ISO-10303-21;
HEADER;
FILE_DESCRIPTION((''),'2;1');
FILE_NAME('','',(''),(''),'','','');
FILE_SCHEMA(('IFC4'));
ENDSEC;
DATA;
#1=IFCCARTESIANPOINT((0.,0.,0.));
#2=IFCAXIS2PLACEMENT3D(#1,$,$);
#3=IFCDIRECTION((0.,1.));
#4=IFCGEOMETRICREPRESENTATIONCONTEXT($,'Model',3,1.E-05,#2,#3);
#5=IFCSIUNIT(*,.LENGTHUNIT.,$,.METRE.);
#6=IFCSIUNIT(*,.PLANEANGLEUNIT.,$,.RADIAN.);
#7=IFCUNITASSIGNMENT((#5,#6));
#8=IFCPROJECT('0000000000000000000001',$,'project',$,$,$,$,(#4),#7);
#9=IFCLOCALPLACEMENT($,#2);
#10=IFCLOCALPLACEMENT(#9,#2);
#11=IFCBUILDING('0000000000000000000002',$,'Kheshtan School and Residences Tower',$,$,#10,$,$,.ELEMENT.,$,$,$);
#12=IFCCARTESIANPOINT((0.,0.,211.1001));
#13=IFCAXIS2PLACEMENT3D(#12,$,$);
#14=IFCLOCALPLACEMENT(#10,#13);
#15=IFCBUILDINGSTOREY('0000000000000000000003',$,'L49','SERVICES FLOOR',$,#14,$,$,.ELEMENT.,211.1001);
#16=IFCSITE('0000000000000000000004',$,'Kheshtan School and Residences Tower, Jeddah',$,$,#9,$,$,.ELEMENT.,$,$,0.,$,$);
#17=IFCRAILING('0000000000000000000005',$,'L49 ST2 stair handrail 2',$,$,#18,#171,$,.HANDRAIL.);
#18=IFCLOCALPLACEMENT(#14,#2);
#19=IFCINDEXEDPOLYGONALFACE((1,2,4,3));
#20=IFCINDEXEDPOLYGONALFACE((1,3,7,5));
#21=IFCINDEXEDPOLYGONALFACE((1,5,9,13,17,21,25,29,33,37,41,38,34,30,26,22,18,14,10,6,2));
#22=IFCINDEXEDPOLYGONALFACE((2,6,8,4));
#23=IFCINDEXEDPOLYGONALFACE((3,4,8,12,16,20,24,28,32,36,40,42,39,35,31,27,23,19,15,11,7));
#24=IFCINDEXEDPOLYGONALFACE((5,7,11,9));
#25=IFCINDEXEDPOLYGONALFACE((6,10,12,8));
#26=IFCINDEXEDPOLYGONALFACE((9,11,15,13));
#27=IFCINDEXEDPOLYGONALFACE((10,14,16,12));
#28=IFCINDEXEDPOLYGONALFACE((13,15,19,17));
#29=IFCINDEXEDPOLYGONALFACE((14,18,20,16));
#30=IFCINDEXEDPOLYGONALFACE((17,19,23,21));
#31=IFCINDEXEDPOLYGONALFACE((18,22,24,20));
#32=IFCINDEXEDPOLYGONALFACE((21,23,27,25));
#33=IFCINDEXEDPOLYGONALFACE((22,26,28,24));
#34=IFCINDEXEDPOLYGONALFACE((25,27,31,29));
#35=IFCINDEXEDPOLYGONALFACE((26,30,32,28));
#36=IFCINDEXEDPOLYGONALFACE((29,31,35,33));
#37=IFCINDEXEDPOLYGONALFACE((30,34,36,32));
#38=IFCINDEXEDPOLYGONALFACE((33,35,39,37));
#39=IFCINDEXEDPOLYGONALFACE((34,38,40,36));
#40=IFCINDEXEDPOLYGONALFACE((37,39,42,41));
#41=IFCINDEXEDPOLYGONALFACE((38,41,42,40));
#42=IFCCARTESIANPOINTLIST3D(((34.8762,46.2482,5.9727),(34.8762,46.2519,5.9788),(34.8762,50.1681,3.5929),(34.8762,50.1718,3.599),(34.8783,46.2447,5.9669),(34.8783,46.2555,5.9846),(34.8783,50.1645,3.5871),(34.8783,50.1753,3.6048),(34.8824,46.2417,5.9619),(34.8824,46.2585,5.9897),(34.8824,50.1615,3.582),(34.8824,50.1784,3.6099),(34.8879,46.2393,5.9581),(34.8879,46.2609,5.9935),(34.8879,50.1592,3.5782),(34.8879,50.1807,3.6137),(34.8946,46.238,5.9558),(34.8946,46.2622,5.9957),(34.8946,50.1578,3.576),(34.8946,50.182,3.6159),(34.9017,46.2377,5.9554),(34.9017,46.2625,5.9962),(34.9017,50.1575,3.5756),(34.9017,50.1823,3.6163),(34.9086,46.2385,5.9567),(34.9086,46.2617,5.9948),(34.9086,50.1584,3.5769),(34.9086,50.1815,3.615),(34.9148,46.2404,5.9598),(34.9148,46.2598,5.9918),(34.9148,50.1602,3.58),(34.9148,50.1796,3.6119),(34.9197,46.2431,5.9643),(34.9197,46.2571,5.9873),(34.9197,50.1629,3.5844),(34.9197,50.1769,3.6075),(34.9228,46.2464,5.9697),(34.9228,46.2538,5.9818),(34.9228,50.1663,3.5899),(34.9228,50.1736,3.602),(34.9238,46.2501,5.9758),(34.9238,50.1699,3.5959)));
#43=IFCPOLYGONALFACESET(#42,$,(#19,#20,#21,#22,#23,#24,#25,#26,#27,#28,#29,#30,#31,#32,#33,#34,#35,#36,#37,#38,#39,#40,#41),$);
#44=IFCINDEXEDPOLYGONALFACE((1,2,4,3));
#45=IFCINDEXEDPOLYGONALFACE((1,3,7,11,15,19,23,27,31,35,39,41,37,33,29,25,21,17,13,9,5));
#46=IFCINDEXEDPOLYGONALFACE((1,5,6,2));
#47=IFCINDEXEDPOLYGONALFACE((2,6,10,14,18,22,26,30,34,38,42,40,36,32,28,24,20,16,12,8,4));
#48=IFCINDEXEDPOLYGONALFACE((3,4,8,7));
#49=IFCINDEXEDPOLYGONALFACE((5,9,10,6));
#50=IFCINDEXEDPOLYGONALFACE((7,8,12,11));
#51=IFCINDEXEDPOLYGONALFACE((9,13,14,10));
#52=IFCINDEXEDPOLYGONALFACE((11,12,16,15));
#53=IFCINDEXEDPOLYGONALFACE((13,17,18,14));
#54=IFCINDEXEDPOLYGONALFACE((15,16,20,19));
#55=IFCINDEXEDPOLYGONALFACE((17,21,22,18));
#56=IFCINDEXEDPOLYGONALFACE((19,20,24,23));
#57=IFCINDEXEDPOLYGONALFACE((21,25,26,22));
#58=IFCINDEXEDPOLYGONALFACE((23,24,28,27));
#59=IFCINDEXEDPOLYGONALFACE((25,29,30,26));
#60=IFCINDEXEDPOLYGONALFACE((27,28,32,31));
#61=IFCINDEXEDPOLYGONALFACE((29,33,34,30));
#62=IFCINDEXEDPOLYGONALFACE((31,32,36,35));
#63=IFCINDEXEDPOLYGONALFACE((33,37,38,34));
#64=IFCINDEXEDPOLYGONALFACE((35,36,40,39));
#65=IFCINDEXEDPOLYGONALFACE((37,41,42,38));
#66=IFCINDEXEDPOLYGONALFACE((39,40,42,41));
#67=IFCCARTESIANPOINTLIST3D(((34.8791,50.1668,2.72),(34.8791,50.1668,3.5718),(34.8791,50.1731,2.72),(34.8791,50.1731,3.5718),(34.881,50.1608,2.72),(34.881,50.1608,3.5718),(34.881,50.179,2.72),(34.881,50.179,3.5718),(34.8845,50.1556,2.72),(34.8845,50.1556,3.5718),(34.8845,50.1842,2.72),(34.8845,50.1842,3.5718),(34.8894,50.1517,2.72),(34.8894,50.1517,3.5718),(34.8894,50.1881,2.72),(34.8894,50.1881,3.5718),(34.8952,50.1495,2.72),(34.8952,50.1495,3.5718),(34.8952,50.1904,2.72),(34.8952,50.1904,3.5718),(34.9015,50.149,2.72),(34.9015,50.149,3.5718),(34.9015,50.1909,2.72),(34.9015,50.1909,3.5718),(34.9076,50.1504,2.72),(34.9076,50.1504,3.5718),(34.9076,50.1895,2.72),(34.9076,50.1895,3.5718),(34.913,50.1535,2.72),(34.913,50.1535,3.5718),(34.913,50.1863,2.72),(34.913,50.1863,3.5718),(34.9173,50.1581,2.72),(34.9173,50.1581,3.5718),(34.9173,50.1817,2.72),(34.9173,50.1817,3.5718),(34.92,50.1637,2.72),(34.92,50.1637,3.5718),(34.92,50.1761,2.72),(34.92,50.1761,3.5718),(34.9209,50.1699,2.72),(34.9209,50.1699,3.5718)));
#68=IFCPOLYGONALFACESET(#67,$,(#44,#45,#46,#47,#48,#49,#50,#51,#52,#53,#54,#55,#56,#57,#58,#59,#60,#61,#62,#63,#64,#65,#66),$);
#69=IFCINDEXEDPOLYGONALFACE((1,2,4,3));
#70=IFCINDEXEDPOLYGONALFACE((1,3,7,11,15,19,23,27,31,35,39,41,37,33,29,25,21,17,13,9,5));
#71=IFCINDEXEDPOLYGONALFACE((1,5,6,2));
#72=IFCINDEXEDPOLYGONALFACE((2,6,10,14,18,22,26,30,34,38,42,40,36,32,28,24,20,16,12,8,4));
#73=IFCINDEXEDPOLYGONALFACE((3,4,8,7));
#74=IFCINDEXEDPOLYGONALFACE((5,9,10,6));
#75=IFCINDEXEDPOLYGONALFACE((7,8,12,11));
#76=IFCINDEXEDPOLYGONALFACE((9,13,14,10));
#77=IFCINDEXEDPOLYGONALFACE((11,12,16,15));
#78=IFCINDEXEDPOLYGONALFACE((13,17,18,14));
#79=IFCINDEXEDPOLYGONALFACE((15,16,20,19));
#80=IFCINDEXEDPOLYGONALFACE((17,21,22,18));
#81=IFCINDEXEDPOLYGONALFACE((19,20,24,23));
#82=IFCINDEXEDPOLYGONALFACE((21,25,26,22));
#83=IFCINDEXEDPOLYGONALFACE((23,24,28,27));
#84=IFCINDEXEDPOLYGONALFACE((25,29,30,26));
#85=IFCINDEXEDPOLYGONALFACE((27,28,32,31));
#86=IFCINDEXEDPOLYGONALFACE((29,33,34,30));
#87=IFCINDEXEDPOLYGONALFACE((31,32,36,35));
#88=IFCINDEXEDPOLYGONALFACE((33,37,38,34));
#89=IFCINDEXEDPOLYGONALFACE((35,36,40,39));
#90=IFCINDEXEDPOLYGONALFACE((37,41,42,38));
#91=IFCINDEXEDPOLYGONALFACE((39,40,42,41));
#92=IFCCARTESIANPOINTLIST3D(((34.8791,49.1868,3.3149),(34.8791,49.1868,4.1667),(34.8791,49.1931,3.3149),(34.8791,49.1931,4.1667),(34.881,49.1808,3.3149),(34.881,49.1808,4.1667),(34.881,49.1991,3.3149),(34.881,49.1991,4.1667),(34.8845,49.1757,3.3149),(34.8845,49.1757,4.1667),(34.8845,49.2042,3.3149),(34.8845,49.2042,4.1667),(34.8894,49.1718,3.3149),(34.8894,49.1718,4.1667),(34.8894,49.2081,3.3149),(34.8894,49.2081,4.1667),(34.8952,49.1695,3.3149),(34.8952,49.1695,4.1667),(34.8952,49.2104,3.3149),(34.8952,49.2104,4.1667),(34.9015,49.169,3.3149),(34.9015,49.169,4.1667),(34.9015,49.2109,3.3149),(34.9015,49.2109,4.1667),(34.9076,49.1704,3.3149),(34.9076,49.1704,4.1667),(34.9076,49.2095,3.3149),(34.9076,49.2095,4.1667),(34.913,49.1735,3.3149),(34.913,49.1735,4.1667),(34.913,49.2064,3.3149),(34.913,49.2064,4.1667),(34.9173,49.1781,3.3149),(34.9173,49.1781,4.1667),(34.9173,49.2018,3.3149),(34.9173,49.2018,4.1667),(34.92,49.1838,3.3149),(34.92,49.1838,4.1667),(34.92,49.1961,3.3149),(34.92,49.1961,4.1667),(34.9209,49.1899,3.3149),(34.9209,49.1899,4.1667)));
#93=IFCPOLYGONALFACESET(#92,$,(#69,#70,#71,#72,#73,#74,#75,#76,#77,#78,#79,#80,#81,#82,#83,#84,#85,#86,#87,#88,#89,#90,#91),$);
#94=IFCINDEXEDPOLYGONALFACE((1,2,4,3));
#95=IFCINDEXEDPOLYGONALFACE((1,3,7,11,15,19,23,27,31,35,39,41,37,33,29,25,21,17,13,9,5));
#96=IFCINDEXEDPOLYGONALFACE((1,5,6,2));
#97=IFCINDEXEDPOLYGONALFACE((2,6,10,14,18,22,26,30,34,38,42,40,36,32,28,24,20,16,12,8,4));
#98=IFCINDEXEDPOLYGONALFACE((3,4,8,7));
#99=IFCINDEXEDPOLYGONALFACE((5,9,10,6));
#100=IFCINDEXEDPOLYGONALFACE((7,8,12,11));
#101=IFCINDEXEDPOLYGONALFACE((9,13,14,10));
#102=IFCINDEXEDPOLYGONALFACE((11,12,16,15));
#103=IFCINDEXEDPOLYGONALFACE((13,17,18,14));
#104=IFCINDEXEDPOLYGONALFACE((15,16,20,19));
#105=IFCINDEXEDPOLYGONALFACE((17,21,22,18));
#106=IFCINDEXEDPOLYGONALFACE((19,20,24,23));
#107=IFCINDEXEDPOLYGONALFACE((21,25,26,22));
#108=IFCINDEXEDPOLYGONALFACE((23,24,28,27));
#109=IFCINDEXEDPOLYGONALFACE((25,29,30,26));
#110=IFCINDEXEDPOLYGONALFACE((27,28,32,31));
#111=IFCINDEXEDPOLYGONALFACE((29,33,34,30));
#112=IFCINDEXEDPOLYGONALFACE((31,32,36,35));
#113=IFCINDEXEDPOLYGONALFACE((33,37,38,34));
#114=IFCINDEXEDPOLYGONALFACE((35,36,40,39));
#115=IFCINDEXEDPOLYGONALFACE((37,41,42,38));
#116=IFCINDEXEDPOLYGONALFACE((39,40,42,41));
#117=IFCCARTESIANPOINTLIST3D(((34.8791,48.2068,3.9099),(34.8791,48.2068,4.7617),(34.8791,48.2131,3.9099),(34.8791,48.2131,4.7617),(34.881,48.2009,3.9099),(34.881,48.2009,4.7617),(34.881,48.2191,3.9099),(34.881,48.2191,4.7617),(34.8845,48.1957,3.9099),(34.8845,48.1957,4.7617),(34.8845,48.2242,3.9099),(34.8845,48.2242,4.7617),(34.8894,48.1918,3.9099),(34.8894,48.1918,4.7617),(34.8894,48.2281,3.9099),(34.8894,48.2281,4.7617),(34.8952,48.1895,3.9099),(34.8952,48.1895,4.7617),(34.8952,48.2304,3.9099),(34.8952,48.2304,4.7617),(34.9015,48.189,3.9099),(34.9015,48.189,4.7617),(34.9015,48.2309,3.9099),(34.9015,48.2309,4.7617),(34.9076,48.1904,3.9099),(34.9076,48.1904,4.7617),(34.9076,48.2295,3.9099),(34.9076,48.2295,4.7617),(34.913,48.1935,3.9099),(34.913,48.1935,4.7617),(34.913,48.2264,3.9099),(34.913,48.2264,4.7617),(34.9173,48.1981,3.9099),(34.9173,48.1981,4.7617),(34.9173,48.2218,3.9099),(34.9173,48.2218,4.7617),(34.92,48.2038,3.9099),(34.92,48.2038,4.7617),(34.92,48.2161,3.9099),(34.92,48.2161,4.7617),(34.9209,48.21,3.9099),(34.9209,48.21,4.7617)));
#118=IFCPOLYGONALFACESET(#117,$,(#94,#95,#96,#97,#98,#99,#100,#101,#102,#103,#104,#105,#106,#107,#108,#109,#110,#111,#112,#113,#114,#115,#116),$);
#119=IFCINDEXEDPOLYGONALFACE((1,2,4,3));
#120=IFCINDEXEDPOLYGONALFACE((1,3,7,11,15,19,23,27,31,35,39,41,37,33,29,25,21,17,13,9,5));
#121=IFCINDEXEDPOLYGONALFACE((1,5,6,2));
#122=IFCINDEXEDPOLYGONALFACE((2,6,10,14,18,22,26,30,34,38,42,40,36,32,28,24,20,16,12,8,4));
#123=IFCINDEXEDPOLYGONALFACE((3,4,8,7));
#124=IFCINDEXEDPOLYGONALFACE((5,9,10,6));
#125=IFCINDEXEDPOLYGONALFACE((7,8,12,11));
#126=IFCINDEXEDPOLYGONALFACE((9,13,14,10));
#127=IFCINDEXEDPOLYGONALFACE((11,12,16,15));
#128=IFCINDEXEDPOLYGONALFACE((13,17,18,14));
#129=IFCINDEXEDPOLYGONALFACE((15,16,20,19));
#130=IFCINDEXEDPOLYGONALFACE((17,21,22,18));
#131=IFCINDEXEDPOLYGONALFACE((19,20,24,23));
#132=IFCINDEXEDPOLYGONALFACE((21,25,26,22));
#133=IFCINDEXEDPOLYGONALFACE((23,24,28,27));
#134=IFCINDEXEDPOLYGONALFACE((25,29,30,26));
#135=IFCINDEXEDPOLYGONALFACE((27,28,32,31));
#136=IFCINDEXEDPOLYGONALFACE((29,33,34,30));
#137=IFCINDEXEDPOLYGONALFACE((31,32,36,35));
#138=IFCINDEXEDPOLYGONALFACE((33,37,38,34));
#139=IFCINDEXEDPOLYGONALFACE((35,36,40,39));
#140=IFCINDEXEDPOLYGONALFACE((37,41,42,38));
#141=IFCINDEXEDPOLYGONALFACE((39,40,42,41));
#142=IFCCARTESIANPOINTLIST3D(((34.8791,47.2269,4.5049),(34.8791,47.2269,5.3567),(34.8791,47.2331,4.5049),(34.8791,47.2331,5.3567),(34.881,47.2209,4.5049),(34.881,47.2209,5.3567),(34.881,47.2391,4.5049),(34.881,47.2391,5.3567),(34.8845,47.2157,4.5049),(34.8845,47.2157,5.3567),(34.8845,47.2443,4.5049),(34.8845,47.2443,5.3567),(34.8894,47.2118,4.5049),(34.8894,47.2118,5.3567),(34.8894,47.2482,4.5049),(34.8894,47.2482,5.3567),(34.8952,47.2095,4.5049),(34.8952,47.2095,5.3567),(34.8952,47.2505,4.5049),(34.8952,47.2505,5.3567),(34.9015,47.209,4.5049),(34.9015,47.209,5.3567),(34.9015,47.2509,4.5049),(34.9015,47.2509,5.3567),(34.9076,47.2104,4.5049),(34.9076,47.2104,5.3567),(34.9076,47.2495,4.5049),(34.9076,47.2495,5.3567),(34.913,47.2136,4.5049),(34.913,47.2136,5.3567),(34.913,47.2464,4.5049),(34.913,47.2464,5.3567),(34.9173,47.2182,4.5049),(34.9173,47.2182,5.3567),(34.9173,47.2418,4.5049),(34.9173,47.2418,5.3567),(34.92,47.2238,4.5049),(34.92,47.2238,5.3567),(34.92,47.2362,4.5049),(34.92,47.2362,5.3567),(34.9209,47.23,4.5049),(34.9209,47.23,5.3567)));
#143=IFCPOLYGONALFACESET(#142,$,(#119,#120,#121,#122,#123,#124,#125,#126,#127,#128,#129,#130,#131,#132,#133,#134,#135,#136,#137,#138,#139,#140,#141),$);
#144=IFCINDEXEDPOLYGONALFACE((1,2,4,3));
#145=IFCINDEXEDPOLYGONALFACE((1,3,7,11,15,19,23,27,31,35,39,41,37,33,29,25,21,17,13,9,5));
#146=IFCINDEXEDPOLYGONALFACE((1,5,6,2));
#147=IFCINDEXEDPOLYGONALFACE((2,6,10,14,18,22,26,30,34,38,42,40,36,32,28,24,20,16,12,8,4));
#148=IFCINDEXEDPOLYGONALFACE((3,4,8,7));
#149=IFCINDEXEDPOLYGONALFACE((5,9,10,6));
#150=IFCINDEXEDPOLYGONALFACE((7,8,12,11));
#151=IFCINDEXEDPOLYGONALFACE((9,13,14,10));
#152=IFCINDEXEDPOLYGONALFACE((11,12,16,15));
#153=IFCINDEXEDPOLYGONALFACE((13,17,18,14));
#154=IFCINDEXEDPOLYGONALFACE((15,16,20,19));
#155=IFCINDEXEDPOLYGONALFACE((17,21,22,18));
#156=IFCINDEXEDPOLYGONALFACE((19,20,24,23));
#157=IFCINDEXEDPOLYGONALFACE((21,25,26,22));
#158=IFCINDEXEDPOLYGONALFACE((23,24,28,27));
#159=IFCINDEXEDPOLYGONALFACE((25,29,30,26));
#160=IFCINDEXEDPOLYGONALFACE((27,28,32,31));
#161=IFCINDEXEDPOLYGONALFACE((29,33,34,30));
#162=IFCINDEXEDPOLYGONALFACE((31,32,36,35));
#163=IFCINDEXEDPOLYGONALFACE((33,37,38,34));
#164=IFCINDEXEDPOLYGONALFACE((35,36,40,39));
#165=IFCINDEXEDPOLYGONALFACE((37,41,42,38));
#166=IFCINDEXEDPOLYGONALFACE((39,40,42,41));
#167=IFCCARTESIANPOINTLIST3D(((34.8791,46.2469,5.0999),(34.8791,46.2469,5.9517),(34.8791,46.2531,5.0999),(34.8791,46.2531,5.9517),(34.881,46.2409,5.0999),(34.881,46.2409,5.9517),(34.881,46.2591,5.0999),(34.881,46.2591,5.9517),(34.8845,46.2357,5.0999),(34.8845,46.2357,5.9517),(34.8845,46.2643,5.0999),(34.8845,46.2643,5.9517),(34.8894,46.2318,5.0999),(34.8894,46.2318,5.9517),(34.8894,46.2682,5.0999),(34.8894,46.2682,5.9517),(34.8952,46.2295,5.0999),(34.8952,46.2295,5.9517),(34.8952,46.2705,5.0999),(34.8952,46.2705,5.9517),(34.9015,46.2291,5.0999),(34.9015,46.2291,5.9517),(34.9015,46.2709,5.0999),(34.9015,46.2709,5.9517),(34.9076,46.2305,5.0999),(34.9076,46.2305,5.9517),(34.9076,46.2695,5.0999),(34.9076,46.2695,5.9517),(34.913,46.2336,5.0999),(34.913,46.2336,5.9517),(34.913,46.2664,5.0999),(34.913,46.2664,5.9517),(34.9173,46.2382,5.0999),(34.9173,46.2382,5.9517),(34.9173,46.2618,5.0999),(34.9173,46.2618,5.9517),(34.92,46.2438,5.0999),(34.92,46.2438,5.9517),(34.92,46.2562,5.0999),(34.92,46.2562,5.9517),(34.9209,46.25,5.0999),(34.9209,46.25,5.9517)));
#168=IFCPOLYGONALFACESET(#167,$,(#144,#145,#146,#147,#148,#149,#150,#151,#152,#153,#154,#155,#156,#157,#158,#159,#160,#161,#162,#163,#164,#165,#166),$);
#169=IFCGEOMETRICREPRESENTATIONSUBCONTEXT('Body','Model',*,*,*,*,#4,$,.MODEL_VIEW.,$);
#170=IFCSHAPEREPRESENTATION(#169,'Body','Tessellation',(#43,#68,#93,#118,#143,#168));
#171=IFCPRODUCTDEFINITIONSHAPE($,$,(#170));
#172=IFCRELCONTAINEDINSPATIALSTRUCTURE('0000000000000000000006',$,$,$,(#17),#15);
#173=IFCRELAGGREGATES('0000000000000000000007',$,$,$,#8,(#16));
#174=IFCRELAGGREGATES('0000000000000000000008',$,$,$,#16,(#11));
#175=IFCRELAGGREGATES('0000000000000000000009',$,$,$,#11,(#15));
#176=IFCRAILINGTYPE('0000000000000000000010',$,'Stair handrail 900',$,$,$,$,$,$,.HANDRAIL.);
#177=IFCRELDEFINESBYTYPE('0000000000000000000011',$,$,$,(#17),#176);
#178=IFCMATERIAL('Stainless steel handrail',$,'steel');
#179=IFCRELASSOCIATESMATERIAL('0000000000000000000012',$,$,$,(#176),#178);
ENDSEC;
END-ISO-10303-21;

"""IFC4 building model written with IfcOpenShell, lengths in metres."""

from ifc_helpers import new_model, si_unit, direction, frame, origin, origin_2d, place, context, subcontext, project, spatial, circle, extrude, material, type_object, element, save


model = new_model("IFC4")

# Units and contexts
model_context = context("Model", 3, precision=1e-05, world=origin(), true_north=direction((0.0, 1.0)))
body_context = subcontext(model_context, "Body", "Model", "MODEL_VIEW")
ifc_project = project(units=[si_unit("LENGTHUNIT", "METRE"), si_unit("PLANEANGLEUNIT", "RADIAN")], contexts=[model_context])

# Site, building, storey
site_placement = place(None, origin())
site = spatial("IfcSite", under=ifc_project, at=site_placement, Name="Kheshtan School and Residences Tower, Jeddah", CompositionType="ELEMENT", RefElevation=0.0)
building_placement = place(site_placement, origin())
building = spatial("IfcBuilding", under=site, at=building_placement, Name="Kheshtan School and Residences Tower", CompositionType="ELEMENT")
storey_placement = place(building_placement, frame((0.0, 0.0, 211.1001)))
storey = spatial("IfcBuildingStorey", under=building, at=storey_placement, Name="L49", Description="SERVICES FLOOR", CompositionType="ELEMENT", Elevation=211.1001)

# Railing
ifc_material_1 = material(Name="Stainless steel handrail", Category="steel")
railing_type_1 = type_object("IfcRailingType", Name="Stair handrail 900", PredefinedType="HANDRAIL", material=ifc_material_1)
railing_1_placement = place(storey_placement, frame((34.8999, 50.1699, 2.72)))
element("IfcRailing", 1, at=railing_1_placement, inside=storey, type_object=railing_type_1, Name="L49 ST2 stair handrail 2", PredefinedType="HANDRAIL", context=body_context, shape_type="SweptSolid", body=[
    extrude(circle(Radius=0.0239, at=origin_2d()), frame((0.0, 0.0, 0.876), z_axis=(0.0, -0.854794, 0.518967), x_axis=(1.0, 0.0, 0.0)), (0.0, 0.0, 1.0), 4.5857),
    extrude(circle(Radius=0.021, at=origin_2d()), origin(), (0.0, 0.0, 1.0), 0.8518),
    extrude(circle(Radius=0.021, at=origin_2d()), frame((0.0, -0.98, 0.595)), (0.0, 0.0, 1.0), 0.8518),
    extrude(circle(Radius=0.021, at=origin_2d()), frame((0.0, -1.96, 1.1899)), (0.0, 0.0, 1.0), 0.8518),
    extrude(circle(Radius=0.021, at=origin_2d()), frame((0.0, -2.9399, 1.7849)), (0.0, 0.0, 1.0), 0.8518),
    extrude(circle(Radius=0.021, at=origin_2d()), frame((0.0, -3.9199, 2.3799)), (0.0, 0.0, 1.0), 0.8518),
])

save(model, "model.ifc")
